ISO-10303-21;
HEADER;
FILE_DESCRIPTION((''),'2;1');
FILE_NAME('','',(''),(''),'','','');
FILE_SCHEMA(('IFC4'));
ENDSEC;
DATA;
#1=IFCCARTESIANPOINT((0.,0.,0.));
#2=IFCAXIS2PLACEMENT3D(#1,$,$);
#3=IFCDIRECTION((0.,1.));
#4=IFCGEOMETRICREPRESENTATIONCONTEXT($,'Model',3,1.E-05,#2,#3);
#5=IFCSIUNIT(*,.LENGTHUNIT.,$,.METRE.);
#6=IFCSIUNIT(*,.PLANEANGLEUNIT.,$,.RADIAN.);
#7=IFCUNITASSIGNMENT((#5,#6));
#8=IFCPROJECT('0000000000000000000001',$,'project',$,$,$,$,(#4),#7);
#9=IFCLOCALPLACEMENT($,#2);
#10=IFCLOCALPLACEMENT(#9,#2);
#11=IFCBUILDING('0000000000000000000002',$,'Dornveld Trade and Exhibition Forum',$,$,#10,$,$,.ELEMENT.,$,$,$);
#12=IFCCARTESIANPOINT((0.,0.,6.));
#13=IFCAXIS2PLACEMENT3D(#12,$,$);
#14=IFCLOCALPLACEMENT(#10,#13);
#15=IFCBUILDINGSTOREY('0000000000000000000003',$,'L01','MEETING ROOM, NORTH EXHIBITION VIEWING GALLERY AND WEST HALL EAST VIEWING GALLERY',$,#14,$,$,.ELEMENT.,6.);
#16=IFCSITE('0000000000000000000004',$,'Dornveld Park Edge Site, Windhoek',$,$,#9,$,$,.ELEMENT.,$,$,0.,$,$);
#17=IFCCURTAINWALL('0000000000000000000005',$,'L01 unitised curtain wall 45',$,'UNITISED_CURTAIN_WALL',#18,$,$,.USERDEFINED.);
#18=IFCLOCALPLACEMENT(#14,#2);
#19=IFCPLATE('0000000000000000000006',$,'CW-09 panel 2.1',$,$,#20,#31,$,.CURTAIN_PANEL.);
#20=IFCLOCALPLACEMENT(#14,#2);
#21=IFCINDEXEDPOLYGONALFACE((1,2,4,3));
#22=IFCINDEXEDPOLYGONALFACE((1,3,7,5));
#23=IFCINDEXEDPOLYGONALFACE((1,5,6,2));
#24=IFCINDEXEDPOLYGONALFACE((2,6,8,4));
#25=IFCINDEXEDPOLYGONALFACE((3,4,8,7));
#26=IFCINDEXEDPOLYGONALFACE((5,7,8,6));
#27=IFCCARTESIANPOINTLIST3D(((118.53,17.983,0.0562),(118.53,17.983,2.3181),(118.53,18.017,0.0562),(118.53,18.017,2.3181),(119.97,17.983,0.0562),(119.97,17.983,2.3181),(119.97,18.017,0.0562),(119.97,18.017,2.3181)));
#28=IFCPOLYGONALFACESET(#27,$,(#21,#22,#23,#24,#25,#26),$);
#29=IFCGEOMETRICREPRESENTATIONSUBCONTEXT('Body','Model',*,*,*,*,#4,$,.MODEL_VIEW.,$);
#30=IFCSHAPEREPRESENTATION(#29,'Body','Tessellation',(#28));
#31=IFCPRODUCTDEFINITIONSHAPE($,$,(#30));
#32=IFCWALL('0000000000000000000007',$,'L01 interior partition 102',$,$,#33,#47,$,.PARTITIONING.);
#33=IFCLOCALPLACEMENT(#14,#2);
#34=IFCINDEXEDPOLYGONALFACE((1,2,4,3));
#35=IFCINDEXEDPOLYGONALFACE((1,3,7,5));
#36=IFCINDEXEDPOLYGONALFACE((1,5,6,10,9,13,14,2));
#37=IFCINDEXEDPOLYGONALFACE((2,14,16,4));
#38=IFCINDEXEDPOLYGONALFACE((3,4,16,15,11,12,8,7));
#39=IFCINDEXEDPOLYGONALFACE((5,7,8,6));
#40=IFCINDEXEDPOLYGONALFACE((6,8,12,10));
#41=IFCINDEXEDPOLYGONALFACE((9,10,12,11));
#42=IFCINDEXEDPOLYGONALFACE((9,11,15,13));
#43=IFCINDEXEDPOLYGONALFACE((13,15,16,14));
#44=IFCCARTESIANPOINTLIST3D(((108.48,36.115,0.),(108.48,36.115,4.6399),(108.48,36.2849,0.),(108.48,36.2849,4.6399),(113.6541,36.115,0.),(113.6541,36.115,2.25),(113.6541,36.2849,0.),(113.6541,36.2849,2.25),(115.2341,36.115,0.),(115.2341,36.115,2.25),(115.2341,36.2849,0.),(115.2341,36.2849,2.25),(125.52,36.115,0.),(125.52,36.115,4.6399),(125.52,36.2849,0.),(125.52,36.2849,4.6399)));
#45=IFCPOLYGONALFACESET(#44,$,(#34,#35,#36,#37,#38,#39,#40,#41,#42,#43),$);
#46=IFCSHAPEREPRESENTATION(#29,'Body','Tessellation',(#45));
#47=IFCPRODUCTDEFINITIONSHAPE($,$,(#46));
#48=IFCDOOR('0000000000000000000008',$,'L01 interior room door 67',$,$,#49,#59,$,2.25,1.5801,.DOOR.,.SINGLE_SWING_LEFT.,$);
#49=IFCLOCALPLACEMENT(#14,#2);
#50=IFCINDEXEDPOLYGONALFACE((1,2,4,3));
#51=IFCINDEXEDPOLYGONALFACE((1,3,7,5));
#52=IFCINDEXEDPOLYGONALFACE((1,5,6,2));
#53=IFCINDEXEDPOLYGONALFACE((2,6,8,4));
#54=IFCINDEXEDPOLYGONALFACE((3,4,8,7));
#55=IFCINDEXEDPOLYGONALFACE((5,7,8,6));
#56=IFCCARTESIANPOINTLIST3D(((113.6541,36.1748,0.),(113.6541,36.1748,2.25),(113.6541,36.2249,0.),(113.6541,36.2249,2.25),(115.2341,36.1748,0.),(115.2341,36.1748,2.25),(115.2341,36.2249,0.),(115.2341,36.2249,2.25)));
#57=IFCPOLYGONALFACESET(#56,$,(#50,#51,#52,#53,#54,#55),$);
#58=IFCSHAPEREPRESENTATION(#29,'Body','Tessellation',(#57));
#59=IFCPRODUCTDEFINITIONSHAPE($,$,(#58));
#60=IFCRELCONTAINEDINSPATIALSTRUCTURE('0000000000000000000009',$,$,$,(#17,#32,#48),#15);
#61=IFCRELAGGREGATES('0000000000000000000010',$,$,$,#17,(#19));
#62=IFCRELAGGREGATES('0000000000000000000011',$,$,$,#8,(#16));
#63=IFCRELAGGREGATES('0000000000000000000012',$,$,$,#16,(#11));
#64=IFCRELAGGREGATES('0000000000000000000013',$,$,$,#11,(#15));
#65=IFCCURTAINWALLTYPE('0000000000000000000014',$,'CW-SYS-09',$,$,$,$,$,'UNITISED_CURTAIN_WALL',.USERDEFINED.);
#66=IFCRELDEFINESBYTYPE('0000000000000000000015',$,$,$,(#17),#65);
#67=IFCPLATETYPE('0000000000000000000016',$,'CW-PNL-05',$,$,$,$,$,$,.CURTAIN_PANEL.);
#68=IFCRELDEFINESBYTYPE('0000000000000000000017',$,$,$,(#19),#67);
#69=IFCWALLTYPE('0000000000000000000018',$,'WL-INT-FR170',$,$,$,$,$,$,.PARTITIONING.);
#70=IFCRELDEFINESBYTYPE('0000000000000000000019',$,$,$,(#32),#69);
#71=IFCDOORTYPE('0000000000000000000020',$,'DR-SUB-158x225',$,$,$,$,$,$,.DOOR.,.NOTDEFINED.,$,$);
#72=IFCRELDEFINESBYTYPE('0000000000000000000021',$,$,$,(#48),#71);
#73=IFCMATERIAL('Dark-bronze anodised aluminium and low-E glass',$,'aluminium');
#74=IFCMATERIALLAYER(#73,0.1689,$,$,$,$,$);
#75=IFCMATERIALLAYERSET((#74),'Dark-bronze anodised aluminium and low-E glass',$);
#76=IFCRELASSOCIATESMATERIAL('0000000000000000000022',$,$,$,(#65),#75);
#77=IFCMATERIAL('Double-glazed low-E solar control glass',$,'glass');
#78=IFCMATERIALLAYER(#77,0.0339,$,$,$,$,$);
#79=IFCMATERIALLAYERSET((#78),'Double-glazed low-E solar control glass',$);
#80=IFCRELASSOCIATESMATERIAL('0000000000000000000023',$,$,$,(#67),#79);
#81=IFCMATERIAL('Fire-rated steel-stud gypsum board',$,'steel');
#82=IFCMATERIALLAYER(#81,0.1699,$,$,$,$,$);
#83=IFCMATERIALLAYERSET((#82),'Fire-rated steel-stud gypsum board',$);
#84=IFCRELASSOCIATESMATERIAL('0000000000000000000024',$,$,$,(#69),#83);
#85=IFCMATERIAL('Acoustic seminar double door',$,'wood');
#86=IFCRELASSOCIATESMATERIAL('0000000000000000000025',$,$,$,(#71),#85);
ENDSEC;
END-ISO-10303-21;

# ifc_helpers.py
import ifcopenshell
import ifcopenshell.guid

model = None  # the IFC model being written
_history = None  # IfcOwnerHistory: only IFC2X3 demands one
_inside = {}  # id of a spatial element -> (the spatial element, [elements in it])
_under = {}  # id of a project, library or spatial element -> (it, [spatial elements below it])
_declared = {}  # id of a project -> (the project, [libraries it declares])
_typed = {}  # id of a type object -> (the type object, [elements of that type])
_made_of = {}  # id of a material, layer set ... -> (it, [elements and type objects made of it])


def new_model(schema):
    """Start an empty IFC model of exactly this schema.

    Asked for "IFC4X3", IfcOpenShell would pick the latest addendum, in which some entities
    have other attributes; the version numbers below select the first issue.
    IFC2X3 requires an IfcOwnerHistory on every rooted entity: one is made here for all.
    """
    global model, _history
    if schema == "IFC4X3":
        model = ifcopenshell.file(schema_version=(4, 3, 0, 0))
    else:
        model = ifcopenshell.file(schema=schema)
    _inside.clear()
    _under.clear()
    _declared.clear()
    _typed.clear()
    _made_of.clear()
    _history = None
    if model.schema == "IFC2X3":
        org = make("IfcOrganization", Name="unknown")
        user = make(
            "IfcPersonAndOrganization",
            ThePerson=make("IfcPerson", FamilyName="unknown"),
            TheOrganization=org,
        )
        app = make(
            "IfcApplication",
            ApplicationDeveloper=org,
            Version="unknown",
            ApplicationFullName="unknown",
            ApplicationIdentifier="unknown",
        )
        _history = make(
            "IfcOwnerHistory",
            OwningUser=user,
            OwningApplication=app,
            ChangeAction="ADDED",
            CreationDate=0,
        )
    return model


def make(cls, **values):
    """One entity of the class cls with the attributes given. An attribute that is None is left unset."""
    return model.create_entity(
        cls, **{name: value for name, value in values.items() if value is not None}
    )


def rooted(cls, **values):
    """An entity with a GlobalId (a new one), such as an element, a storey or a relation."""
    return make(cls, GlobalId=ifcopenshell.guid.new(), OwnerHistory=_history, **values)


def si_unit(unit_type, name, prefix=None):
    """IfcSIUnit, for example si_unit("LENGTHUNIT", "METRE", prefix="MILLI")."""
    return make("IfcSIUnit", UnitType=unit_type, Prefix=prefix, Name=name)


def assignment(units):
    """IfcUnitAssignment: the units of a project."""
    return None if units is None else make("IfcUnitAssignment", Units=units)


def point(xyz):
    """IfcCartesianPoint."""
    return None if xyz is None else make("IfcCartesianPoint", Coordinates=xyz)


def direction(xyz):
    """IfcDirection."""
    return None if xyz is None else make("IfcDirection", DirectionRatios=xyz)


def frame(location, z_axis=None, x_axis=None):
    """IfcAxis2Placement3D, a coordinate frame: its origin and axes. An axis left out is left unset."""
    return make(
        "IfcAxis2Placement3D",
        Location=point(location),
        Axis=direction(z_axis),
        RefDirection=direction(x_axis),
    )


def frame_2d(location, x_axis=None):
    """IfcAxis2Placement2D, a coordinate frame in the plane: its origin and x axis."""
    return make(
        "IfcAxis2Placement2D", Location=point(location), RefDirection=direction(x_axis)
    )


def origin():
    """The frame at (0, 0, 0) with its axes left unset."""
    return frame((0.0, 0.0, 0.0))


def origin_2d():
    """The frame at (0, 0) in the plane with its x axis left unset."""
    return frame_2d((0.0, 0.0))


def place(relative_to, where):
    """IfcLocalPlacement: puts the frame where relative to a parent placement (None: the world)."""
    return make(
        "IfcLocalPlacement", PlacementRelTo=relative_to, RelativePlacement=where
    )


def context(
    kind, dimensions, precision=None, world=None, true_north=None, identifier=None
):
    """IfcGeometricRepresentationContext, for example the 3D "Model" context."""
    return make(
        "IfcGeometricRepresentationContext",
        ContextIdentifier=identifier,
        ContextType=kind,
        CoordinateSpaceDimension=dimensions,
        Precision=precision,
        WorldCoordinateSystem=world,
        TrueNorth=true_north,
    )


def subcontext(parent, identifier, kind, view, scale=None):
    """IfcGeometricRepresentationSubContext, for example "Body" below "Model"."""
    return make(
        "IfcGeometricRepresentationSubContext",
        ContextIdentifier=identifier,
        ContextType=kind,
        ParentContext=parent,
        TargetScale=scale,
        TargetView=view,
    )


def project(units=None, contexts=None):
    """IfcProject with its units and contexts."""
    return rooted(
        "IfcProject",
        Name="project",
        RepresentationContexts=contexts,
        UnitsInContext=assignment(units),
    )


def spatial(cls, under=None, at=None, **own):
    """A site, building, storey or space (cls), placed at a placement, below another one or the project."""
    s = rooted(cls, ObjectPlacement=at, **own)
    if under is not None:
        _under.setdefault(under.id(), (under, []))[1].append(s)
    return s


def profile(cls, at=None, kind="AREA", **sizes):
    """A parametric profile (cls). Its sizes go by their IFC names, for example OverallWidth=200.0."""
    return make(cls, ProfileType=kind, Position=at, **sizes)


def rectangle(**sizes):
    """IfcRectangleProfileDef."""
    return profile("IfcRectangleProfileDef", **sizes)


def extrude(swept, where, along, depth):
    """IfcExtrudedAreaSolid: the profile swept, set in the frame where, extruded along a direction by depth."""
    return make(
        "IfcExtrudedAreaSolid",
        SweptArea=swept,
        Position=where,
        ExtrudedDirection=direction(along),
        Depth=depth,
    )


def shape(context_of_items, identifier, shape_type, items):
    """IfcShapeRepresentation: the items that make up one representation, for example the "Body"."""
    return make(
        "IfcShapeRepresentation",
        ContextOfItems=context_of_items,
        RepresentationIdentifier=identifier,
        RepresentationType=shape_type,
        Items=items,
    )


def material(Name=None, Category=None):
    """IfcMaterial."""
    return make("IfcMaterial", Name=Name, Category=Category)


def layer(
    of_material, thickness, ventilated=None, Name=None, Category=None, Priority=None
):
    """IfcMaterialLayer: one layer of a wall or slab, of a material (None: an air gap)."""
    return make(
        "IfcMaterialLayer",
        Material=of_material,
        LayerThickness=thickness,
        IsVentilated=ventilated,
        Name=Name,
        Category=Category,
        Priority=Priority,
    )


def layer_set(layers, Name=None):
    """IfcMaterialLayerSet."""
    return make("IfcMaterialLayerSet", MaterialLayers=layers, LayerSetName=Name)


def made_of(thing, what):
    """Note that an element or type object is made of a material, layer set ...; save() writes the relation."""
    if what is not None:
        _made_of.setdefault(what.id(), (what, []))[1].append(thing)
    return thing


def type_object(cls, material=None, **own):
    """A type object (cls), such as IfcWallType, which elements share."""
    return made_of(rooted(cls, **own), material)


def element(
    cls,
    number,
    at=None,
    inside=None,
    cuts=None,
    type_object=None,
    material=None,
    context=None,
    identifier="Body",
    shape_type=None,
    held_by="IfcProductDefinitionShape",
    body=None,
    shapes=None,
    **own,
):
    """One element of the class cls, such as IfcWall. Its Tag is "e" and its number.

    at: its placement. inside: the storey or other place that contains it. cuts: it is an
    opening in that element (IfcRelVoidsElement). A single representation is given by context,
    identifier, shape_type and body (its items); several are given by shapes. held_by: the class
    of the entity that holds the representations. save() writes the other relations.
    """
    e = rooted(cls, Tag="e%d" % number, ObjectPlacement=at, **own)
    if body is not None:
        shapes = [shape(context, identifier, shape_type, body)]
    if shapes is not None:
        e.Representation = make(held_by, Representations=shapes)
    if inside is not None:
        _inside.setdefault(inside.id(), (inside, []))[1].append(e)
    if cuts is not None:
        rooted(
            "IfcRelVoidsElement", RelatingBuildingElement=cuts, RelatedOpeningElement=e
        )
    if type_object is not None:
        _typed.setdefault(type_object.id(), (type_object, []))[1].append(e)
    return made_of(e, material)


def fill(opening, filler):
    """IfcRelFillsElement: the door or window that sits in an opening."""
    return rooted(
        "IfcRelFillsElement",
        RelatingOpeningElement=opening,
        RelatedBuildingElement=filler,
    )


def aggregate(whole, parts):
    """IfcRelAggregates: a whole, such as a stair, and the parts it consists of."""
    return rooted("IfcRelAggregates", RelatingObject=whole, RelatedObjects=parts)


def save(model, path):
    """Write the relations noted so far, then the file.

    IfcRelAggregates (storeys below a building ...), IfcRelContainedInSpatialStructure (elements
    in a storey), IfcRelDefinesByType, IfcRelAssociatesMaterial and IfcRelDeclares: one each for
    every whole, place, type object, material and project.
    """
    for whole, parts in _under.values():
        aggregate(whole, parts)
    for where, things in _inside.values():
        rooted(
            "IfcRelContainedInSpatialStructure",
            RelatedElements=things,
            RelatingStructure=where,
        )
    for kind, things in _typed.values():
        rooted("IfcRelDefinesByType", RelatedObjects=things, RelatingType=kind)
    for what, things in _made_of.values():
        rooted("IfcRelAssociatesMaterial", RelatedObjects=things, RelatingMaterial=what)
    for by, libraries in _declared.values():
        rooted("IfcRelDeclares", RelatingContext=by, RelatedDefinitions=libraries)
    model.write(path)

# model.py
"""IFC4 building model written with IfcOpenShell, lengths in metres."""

from ifc_helpers import new_model, si_unit, direction, frame, frame_2d, origin, origin_2d, place, context, subcontext, project, spatial, rectangle, extrude, material, layer, layer_set, type_object, element, fill, aggregate, save


model = new_model("IFC4")

# Units and contexts
model_context = context("Model", 3, precision=1e-05, world=origin(), true_north=direction((0.0, 1.0)))
body_context = subcontext(model_context, "Body", "Model", "MODEL_VIEW")
ifc_project = project(units=[si_unit("LENGTHUNIT", "METRE"), si_unit("PLANEANGLEUNIT", "RADIAN")], contexts=[model_context])

# Site, building, storey
site_placement = place(None, origin())
site = spatial("IfcSite", under=ifc_project, at=site_placement, Name="Dornveld Park Edge Site, Windhoek", CompositionType="ELEMENT", RefElevation=0.0)
building_placement = place(site_placement, origin())
building = spatial("IfcBuilding", under=site, at=building_placement, Name="Dornveld Trade and Exhibition Forum", CompositionType="ELEMENT")
storey_placement = place(building_placement, frame((0.0, 0.0, 6.0)))
storey = spatial("IfcBuildingStorey", under=building, at=storey_placement, Name="L01", Description="MEETING ROOM, NORTH EXHIBITION VIEWING GALLERY AND WEST HALL EAST VIEWING GALLERY", CompositionType="ELEMENT", Elevation=6.0)

# Curtain wall
ifc_material_1 = material(Name="Dark-bronze anodised aluminium and low-E glass", Category="aluminium")
ifc_layer_1 = layer(ifc_material_1, 0.1689)
ifc_layer_set_1 = layer_set([ifc_layer_1], Name="Dark-bronze anodised aluminium and low-E glass")
curtain_wall_type_1 = type_object("IfcCurtainWallType", Name="CW-SYS-09", ElementType="UNITISED_CURTAIN_WALL", PredefinedType="USERDEFINED", material=ifc_layer_set_1)
curtain_wall_1_placement = place(storey_placement, origin())
curtain_wall_1 = element("IfcCurtainWall", 1, at=curtain_wall_1_placement, inside=storey, type_object=curtain_wall_type_1, Name="L01 unitised curtain wall 45", ObjectType="UNITISED_CURTAIN_WALL", PredefinedType="USERDEFINED")

# Plate
ifc_material_2 = material(Name="Double-glazed low-E solar control glass", Category="glass")
ifc_layer_2 = layer(ifc_material_2, 0.0339)
ifc_layer_set_2 = layer_set([ifc_layer_2], Name="Double-glazed low-E solar control glass")
plate_type_1 = type_object("IfcPlateType", Name="CW-PNL-05", PredefinedType="CURTAIN_PANEL", material=ifc_layer_set_2)
plate_1_placement = place(storey_placement, frame((119.25, 18.0, 0.0562), z_axis=(0.0, 0.0, 1.0), x_axis=(1.0, 0.0, 0.0)))
plate_1 = element("IfcPlate", 2, at=plate_1_placement, type_object=plate_type_1, Name="CW-09 panel 2.1", PredefinedType="CURTAIN_PANEL", context=body_context, shape_type="SweptSolid", body=[
    extrude(rectangle(XDim=1.4399, YDim=0.0339, at=origin_2d()), origin(), (0.0, 0.0, 1.0), 2.262),
])
aggregate(curtain_wall_1, [plate_1])

# Wall, opening, door
ifc_material_3 = material(Name="Fire-rated steel-stud gypsum board", Category="steel")
ifc_layer_3 = layer(ifc_material_3, 0.1699)
ifc_layer_set_3 = layer_set([ifc_layer_3], Name="Fire-rated steel-stud gypsum board")
wall_type = type_object("IfcWallType", Name="WL-INT-FR170", PredefinedType="PARTITIONING", material=ifc_layer_set_3)
wall_placement = place(storey_placement, frame((108.48, 36.2, 0.0), z_axis=(0.0, 0.0, 1.0), x_axis=(1.0, 0.0, 0.0)))
wall = element("IfcWall", 3, at=wall_placement, inside=storey, type_object=wall_type, Name="L01 interior partition 102", PredefinedType="PARTITIONING", context=body_context, shape_type="SweptSolid", body=[
    extrude(rectangle(XDim=17.04, YDim=0.1699, at=frame_2d((8.52, 0.0))), origin(), (0.0, 0.0, 1.0), 4.6399),
])
opening_placement = place(wall_placement, frame((5.1741, 0.0, 0.0)))
opening = element("IfcOpeningElement", 4, at=opening_placement, cuts=wall, PredefinedType="OPENING", context=body_context, shape_type="SweptSolid", body=[
    extrude(rectangle(XDim=1.5801, YDim=2.25, at=frame_2d((0.79, 1.125))), frame((0.0, 0.095, 0.0), z_axis=(0.0, -1.0, 0.0), x_axis=(1.0, 0.0, 0.0)), (0.0, 0.0, 1.0), 0.1899),
])
ifc_material_4 = material(Name="Acoustic seminar double door", Category="wood")
door_type = type_object("IfcDoorType", Name="DR-SUB-158x225", OperationType="NOTDEFINED", PredefinedType="DOOR", material=ifc_material_4)
door_placement = place(opening_placement, origin())
door = element("IfcDoor", 5, at=door_placement, inside=storey, type_object=door_type, Name="L01 interior room door 67", OperationType="SINGLE_SWING_LEFT", OverallHeight=2.25, OverallWidth=1.5801, PredefinedType="DOOR", context=body_context, shape_type="SweptSolid", body=[
    extrude(rectangle(XDim=1.5801, YDim=2.25, at=frame_2d((0.79, 1.125))), frame((0.0, 0.0249, 0.0), z_axis=(0.0, -1.0, 0.0), x_axis=(1.0, 0.0, 0.0)), (0.0, 0.0, 1.0), 0.05),
])
fill(opening, door)

save(model, "model.ifc")
